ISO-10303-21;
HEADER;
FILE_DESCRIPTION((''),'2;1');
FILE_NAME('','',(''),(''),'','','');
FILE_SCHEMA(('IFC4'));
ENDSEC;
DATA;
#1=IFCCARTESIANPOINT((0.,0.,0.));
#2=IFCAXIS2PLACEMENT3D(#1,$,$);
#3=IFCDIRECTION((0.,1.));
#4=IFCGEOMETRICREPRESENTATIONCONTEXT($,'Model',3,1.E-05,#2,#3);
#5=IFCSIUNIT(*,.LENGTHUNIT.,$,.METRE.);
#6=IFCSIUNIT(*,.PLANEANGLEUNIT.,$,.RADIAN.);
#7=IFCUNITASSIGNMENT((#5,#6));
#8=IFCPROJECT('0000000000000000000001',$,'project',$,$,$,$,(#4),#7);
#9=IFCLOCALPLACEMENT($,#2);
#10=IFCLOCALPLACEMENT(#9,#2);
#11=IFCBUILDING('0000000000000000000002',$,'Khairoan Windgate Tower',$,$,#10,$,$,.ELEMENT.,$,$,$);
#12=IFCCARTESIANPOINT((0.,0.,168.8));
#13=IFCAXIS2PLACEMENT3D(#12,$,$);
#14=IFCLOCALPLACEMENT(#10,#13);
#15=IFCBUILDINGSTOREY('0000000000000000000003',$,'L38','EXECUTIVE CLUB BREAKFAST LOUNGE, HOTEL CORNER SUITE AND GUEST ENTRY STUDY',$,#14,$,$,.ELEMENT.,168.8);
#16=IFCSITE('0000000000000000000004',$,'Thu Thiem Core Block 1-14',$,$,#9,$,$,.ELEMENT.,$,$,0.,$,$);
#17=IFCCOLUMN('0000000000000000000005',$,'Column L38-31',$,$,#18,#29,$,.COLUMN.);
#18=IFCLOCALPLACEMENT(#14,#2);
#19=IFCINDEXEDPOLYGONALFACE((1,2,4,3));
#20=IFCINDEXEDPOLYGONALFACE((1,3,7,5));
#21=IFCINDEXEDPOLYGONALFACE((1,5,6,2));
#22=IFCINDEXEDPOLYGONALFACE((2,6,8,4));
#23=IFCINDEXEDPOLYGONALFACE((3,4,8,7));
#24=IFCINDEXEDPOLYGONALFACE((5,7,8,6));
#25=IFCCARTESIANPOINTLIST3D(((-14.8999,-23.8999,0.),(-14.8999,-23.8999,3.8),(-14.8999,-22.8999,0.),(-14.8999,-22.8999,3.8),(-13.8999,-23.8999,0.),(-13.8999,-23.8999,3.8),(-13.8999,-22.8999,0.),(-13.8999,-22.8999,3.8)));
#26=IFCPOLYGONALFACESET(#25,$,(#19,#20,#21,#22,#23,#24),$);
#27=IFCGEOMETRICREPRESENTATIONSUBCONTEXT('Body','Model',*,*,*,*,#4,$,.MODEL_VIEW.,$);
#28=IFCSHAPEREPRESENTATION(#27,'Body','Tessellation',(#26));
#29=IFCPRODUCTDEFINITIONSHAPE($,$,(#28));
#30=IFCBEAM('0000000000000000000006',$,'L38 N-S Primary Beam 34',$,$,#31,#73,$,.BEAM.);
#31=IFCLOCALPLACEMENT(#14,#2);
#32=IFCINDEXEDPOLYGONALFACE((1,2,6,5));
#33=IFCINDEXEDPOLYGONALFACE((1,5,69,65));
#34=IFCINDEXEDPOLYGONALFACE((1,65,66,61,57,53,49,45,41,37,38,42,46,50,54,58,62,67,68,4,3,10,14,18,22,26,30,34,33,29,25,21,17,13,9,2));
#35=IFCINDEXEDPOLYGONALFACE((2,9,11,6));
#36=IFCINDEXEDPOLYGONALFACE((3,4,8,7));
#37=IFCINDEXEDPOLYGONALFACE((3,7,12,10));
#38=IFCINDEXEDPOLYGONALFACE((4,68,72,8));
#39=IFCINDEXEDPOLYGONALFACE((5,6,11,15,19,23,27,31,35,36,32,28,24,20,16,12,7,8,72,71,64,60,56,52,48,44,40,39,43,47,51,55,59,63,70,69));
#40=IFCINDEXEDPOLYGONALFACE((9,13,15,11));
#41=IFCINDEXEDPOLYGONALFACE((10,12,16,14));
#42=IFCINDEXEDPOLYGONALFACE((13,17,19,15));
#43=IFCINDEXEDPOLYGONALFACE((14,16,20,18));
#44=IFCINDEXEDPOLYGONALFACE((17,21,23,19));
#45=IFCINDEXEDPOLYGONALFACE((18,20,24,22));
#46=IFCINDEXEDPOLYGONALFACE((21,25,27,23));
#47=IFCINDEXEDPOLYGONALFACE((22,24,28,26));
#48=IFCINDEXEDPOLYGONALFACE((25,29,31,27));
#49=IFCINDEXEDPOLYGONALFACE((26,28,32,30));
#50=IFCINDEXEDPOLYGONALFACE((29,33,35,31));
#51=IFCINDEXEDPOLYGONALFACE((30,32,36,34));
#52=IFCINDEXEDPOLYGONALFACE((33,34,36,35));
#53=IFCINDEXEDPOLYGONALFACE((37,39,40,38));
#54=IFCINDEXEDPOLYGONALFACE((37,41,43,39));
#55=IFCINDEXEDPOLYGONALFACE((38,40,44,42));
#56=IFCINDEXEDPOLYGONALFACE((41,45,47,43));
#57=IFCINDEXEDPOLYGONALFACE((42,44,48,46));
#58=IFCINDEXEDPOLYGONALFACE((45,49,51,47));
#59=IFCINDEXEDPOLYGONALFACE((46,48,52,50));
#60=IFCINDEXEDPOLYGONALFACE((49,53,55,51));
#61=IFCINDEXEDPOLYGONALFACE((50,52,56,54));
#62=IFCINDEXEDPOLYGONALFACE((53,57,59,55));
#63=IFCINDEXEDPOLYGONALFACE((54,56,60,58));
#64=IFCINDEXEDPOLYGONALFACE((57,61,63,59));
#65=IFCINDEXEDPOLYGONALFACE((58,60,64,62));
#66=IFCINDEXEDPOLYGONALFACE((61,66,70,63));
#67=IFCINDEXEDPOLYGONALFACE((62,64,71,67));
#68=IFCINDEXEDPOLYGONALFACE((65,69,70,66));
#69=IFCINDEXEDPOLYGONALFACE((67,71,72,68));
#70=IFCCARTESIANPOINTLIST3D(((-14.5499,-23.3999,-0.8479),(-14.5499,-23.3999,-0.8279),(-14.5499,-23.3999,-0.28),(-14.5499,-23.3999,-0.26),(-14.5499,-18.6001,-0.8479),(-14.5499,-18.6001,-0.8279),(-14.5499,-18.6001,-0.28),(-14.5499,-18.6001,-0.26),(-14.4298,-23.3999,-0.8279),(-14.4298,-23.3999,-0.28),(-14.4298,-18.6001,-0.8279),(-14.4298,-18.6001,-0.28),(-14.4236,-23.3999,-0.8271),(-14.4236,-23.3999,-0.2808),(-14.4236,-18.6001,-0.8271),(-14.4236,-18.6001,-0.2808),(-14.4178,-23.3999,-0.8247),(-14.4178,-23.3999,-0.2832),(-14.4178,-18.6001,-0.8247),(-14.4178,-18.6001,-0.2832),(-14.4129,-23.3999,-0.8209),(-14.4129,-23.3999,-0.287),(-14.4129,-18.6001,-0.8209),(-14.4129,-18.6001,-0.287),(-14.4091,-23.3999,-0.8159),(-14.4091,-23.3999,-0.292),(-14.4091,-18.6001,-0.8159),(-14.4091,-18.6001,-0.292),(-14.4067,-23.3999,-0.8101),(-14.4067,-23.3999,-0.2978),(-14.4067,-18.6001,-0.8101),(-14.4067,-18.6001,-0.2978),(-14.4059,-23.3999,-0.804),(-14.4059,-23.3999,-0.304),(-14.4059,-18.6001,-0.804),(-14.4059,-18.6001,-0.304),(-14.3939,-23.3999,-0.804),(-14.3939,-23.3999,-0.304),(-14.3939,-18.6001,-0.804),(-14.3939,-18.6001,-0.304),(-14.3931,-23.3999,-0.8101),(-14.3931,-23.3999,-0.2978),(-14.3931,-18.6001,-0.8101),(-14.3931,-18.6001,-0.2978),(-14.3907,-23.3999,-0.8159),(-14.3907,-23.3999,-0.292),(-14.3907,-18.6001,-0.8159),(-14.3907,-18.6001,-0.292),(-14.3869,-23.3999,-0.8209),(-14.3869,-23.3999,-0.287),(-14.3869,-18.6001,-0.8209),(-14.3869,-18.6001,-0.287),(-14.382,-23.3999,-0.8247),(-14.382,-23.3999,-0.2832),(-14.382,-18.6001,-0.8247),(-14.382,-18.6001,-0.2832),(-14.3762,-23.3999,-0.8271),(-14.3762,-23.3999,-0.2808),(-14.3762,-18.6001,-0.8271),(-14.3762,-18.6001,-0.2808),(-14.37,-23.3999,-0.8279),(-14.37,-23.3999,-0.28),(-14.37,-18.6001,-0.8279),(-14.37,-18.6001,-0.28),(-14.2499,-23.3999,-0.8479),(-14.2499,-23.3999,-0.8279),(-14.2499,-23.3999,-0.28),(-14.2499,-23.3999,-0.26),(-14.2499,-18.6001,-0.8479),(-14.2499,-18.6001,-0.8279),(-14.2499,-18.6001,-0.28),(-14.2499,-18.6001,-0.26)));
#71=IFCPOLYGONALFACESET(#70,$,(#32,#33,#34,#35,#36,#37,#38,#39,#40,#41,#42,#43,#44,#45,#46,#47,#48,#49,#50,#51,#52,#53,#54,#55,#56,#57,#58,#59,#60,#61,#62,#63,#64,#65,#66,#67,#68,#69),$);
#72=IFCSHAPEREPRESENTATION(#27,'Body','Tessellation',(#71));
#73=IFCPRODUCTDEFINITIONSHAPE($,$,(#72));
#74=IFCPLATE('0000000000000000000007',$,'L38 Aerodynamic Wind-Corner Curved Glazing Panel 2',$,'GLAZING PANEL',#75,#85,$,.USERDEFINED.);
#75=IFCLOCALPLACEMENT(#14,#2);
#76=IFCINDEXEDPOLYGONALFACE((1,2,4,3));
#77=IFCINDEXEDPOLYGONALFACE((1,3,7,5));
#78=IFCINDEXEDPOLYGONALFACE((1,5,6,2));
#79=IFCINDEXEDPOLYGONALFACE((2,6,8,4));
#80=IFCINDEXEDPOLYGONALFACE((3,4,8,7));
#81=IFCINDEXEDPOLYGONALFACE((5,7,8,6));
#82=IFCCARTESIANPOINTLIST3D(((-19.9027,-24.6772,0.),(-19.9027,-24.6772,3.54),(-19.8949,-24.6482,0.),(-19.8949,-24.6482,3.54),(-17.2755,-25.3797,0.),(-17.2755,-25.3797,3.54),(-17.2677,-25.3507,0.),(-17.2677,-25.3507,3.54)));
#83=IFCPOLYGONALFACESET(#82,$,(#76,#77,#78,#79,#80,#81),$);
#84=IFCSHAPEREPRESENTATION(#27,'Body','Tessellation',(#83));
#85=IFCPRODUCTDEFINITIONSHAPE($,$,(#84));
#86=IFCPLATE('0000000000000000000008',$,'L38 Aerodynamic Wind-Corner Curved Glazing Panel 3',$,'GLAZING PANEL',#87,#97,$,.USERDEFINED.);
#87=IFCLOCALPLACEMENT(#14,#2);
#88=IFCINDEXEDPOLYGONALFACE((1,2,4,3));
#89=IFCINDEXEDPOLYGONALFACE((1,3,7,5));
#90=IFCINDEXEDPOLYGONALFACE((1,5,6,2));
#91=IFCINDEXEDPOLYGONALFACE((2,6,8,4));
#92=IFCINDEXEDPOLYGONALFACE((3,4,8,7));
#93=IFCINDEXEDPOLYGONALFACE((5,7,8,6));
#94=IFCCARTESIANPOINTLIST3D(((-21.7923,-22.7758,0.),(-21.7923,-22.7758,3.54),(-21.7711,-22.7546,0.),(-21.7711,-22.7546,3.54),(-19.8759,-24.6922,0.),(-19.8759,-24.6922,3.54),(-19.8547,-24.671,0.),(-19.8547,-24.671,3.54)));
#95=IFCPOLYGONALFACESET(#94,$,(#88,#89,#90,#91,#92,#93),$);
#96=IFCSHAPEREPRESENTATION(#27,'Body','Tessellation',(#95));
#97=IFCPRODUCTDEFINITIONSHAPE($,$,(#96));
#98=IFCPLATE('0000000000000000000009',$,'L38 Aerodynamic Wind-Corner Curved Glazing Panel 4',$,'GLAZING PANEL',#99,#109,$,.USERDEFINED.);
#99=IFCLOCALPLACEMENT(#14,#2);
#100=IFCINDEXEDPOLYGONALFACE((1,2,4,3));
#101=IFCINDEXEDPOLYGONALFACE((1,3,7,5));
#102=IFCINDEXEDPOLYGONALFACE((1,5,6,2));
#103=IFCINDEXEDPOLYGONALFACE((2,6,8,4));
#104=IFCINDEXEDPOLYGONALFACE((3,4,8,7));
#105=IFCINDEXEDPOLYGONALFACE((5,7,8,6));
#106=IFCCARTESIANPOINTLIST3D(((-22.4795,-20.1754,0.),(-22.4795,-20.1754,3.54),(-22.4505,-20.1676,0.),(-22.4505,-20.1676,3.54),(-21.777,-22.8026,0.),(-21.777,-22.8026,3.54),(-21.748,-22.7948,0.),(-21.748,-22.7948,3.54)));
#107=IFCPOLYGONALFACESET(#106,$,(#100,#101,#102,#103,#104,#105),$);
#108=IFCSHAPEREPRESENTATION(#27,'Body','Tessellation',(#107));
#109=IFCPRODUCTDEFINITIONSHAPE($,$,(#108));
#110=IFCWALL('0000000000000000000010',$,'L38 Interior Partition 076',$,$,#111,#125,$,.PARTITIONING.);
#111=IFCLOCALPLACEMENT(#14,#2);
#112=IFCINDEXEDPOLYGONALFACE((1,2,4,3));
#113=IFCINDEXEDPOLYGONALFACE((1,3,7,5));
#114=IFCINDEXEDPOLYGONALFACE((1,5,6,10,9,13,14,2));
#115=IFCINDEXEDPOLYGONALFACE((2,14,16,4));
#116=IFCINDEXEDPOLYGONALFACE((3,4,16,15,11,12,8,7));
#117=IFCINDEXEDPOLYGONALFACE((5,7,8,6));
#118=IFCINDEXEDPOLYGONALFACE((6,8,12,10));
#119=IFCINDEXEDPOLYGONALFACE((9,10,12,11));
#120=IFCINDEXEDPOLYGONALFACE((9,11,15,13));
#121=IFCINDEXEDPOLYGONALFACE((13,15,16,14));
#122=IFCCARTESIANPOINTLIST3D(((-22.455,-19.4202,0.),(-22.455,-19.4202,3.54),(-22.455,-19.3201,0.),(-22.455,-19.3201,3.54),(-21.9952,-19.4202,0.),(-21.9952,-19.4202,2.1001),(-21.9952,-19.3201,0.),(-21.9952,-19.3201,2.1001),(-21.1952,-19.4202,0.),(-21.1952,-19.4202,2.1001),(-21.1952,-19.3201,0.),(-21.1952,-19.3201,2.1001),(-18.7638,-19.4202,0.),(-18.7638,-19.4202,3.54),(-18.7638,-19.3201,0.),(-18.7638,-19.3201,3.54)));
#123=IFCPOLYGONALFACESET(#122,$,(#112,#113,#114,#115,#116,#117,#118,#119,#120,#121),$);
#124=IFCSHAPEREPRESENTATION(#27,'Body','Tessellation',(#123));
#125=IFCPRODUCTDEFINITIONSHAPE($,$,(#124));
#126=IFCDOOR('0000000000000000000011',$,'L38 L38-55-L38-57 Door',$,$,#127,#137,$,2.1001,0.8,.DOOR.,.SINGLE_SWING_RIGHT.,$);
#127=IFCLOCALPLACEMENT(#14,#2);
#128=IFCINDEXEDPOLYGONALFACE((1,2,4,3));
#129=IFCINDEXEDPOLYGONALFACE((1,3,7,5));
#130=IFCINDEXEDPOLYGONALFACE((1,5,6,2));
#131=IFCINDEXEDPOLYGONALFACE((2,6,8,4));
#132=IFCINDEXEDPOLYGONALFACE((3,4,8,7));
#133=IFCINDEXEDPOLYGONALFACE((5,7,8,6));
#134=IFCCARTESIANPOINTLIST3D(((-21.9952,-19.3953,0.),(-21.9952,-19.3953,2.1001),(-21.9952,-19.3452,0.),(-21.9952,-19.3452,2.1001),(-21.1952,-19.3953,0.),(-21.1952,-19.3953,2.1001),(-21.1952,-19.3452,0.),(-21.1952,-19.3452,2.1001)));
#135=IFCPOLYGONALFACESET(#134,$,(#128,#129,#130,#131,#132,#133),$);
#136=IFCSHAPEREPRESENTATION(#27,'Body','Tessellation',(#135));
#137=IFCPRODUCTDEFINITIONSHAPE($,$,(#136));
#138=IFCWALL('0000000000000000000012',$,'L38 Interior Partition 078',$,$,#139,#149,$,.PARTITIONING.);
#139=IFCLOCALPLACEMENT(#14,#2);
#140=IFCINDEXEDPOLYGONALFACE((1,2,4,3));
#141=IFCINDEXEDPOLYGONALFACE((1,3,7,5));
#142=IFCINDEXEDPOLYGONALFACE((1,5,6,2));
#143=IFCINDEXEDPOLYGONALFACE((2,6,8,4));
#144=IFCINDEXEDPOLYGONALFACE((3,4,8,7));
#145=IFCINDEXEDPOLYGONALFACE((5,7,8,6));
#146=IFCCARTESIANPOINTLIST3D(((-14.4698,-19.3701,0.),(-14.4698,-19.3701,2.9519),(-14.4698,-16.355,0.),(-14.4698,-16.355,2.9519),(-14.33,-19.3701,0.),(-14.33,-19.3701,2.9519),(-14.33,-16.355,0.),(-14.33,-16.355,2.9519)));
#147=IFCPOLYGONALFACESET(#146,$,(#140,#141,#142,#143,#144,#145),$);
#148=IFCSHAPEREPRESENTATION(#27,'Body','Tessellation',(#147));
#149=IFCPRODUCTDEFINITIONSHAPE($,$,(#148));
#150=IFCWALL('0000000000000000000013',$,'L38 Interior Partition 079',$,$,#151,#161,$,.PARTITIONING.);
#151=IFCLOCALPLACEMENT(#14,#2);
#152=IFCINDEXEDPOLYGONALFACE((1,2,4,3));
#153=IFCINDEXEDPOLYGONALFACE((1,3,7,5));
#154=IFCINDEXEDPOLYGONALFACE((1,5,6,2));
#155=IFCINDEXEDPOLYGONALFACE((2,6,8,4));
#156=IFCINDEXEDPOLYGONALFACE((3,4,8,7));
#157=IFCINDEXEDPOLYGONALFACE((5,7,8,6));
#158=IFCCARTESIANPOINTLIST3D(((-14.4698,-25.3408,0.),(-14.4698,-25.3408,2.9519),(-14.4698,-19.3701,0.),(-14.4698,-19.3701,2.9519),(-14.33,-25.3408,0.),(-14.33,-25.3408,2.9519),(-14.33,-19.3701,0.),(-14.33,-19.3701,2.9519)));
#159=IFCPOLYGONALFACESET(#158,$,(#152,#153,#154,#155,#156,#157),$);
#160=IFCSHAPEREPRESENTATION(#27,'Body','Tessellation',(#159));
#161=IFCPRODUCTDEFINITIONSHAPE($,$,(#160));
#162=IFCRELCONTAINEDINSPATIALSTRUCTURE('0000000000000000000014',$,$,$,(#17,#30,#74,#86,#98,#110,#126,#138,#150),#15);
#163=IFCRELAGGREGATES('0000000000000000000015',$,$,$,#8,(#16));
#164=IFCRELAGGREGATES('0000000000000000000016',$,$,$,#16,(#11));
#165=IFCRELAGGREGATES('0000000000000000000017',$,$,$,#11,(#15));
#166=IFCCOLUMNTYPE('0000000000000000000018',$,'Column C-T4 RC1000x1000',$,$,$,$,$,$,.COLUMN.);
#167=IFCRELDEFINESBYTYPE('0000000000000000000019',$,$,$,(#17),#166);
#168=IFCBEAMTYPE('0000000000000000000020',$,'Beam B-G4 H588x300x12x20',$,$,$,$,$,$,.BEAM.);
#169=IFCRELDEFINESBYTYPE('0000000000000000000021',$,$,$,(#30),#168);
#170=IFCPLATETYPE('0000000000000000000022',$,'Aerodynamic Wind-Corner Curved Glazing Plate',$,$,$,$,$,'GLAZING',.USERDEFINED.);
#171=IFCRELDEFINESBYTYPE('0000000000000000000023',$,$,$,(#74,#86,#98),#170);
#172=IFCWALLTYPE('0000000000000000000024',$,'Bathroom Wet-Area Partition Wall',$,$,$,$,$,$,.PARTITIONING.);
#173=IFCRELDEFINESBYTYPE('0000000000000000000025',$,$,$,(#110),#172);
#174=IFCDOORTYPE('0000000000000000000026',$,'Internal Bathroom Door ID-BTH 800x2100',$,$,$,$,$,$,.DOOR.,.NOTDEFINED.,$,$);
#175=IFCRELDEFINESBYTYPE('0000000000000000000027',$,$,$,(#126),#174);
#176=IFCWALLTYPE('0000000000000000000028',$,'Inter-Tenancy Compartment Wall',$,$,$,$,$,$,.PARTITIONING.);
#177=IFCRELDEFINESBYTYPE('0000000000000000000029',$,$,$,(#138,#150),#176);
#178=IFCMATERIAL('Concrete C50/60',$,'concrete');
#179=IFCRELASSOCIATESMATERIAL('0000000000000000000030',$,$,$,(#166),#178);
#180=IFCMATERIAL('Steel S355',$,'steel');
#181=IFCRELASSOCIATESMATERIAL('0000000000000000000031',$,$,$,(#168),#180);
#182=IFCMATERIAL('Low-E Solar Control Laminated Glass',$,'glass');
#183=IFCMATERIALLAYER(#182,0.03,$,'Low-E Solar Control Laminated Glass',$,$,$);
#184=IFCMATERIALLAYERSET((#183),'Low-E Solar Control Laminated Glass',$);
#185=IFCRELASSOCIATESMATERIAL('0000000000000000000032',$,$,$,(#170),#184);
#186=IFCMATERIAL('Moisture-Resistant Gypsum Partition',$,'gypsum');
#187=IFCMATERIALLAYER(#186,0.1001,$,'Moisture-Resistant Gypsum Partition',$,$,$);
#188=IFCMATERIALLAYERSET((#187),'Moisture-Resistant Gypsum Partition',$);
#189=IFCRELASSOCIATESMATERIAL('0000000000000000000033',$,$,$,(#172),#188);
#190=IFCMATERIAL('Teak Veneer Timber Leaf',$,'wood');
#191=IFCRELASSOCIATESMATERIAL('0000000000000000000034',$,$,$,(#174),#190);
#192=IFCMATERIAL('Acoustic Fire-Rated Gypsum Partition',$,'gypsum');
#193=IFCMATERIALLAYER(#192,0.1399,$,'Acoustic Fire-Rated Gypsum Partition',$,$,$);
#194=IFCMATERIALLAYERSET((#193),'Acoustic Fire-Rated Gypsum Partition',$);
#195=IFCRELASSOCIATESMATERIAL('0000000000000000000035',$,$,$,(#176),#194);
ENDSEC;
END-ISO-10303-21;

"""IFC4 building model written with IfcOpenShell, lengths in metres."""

from ifc_helpers import new_model, si_unit, direction, frame, frame_2d, origin, origin_2d, place, context, subcontext, project, spatial, rectangle, i_section, extrude, material, layer, layer_set, material_profile, profile_set, type_object, element, fill, save


model = new_model("IFC4")

# Units and contexts
model_context = context("Model", 3, precision=1e-05, world=origin(), true_north=direction((0.0, 1.0)))
body_context = subcontext(model_context, "Body", "Model", "MODEL_VIEW")
ifc_project = project(units=[si_unit("LENGTHUNIT", "METRE"), si_unit("PLANEANGLEUNIT", "RADIAN")], contexts=[model_context])

# Site, building, storey
site_placement = place(None, origin())
site = spatial("IfcSite", under=ifc_project, at=site_placement, Name="Thu Thiem Core Block 1-14", CompositionType="ELEMENT", RefElevation=0.0)
building_placement = place(site_placement, origin())
building = spatial("IfcBuilding", under=site, at=building_placement, Name="Khairoan Windgate Tower", CompositionType="ELEMENT")
storey_placement = place(building_placement, frame((0.0, 0.0, 168.8)))
storey = spatial("IfcBuildingStorey", under=building, at=storey_placement, Name="L38", Description="EXECUTIVE CLUB BREAKFAST LOUNGE, HOTEL CORNER SUITE AND GUEST ENTRY STUDY", CompositionType="ELEMENT", Elevation=168.8)

# Column
ifc_material_1 = material(Name="Concrete C50/60", Category="concrete")
ifc_material_profile_1 = material_profile(ifc_material_1, rectangle(XDim=1.0, YDim=1.0, at=origin_2d()))
ifc_profile_set_1 = profile_set([ifc_material_profile_1], Name="Concrete C50/60")
column_type = type_object("IfcColumnType", Name="Column C-T4 RC1000x1000", PredefinedType="COLUMN", material=ifc_profile_set_1)
column_placement = place(storey_placement, frame((-14.3999, -23.3999, 0.0), z_axis=(0.0, 0.0, 1.0), x_axis=(1.0, 0.0, 0.0)))
element("IfcColumn", 1, at=column_placement, inside=storey, type_object=column_type, Name="Column L38-31", PredefinedType="COLUMN", context=body_context, shape_type="SweptSolid", body=[
    extrude(rectangle(XDim=1.0, YDim=1.0, at=origin_2d()), origin(), (0.0, 0.0, 1.0), 3.8),
])

# Beam
ifc_material_2 = material(Name="Steel S355", Category="steel")
ifc_material_profile_2 = material_profile(ifc_material_2, i_section(OverallWidth=0.3, OverallDepth=0.5879, WebThickness=0.012, FlangeThickness=0.02, FilletRadius=0.0239, at=origin_2d()))
ifc_profile_set_2 = profile_set([ifc_material_profile_2], Name="Steel S355")
beam_type = type_object("IfcBeamType", Name="Beam B-G4 H588x300x12x20", PredefinedType="BEAM", material=ifc_profile_set_2)
beam_placement = place(storey_placement, frame((-14.3999, -23.3999, -0.554), z_axis=(0.0, 1.0, 0.0), x_axis=(-1.0, 0.0, 0.0)))
element("IfcBeam", 2, at=beam_placement, inside=storey, type_object=beam_type, Name="L38 N-S Primary Beam 34", PredefinedType="BEAM", context=body_context, shape_type="SweptSolid", body=[
    extrude(i_section(OverallWidth=0.3, OverallDepth=0.5879, WebThickness=0.012, FlangeThickness=0.02, FilletRadius=0.0239, at=origin_2d()), origin(), (0.0, 0.0, 1.0), 4.7998),
])

# Plates
ifc_material_3 = material(Name="Low-E Solar Control Laminated Glass", Category="glass")
ifc_layer_1 = layer(ifc_material_3, 0.03, Name="Low-E Solar Control Laminated Glass")
ifc_layer_set_1 = layer_set([ifc_layer_1], Name="Low-E Solar Control Laminated Glass")
plate_type_1 = type_object("IfcPlateType", Name="Aerodynamic Wind-Corner Curved Glazing Plate", ElementType="GLAZING", PredefinedType="USERDEFINED", material=ifc_layer_set_1)
plate_1_placement = place(storey_placement, frame((-18.5852, -25.0139, 0.0), z_axis=(0.0, 0.0, 1.0), x_axis=(-0.966061, 0.258313, 0.0)))
element("IfcPlate", 3, at=plate_1_placement, inside=storey, type_object=plate_type_1, Name="L38 Aerodynamic Wind-Corner Curved Glazing Panel 2", ObjectType="GLAZING PANEL", PredefinedType="USERDEFINED", context=body_context, shape_type="SweptSolid", body=[
    extrude(rectangle(XDim=2.7195, YDim=0.03, at=origin_2d()), origin(), (0.0, 0.0, 1.0), 3.54),
])
plate_2_placement = place(storey_placement, frame((-20.8235, -23.7234, 0.0), z_axis=(0.0, 0.0, 1.0), x_axis=(-0.707107, 0.707107, 0.0)))
element("IfcPlate", 4, at=plate_2_placement, inside=storey, type_object=plate_type_1, Name="L38 Aerodynamic Wind-Corner Curved Glazing Panel 3", ObjectType="GLAZING PANEL", PredefinedType="USERDEFINED", context=body_context, shape_type="SweptSolid", body=[
    extrude(rectangle(XDim=2.7102, YDim=0.03, at=origin_2d()), origin(), (0.0, 0.0, 1.0), 3.54),
])
plate_3_placement = place(storey_placement, frame((-22.1138, -21.4851, 0.0), z_axis=(0.0, 0.0, 1.0), x_axis=(-0.258313, 0.966061, 0.0)))
element("IfcPlate", 5, at=plate_3_placement, inside=storey, type_object=plate_type_1, Name="L38 Aerodynamic Wind-Corner Curved Glazing Panel 4", ObjectType="GLAZING PANEL", PredefinedType="USERDEFINED", context=body_context, shape_type="SweptSolid", body=[
    extrude(rectangle(XDim=2.7195, YDim=0.03, at=origin_2d()), origin(), (0.0, 0.0, 1.0), 3.54),
])

# Wall, opening, door
ifc_material_4 = material(Name="Moisture-Resistant Gypsum Partition", Category="gypsum")
ifc_layer_2 = layer(ifc_material_4, 0.1001, Name="Moisture-Resistant Gypsum Partition")
ifc_layer_set_2 = layer_set([ifc_layer_2], Name="Moisture-Resistant Gypsum Partition")
wall_type_1 = type_object("IfcWallType", Name="Bathroom Wet-Area Partition Wall", PredefinedType="PARTITIONING", material=ifc_layer_set_2)
wall_1_placement = place(storey_placement, frame((-22.4551, -19.3701, 0.0), z_axis=(0.0, 0.0, 1.0), x_axis=(1.0, 0.0, 0.0)))
wall_1 = element("IfcWall", 6, at=wall_1_placement, inside=storey, type_object=wall_type_1, Name="L38 Interior Partition 076", PredefinedType="PARTITIONING", context=body_context, shape_type="SweptSolid", body=[
    extrude(rectangle(XDim=3.6912, YDim=0.1001, at=frame_2d((1.8457, 0.0))), origin(), (0.0, 0.0, 1.0), 3.54),
])
opening_1_placement = place(wall_1_placement, frame((0.46, 0.0, 0.0)))
opening_1 = element("IfcOpeningElement", 7, at=opening_1_placement, cuts=wall_1, PredefinedType="OPENING", context=body_context, shape_type="SweptSolid", body=[
    extrude(rectangle(XDim=0.8, YDim=2.1001, at=frame_2d((0.3999, 1.05))), frame((0.0, 0.0601, 0.0), z_axis=(0.0, -1.0, 0.0), x_axis=(1.0, 0.0, 0.0)), (0.0, 0.0, 1.0), 0.1201),
])
ifc_material_5 = material(Name="Teak Veneer Timber Leaf", Category="wood")
door_type_1 = type_object("IfcDoorType", Name="Internal Bathroom Door ID-BTH 800x2100", OperationType="NOTDEFINED", PredefinedType="DOOR", material=ifc_material_5)
door_1_placement = place(opening_1_placement, origin())
door_1 = element("IfcDoor", 8, at=door_1_placement, inside=storey, type_object=door_type_1, Name="L38 L38-55-L38-57 Door", OperationType="SINGLE_SWING_RIGHT", OverallHeight=2.1001, OverallWidth=0.8, PredefinedType="DOOR", context=body_context, shape_type="SweptSolid", body=[
    extrude(rectangle(XDim=0.8, YDim=2.1001, at=frame_2d((0.3999, 1.05))), frame((0.0, 0.0249, 0.0), z_axis=(0.0, -1.0, 0.0), x_axis=(1.0, 0.0, 0.0)), (0.0, 0.0, 1.0), 0.05),
])
fill(opening_1, door_1)

# Walls
ifc_material_6 = material(Name="Acoustic Fire-Rated Gypsum Partition", Category="gypsum")
ifc_layer_3 = layer(ifc_material_6, 0.1399, Name="Acoustic Fire-Rated Gypsum Partition")
ifc_layer_set_3 = layer_set([ifc_layer_3], Name="Acoustic Fire-Rated Gypsum Partition")
wall_type_2 = type_object("IfcWallType", Name="Inter-Tenancy Compartment Wall", PredefinedType="PARTITIONING", material=ifc_layer_set_3)
wall_2_placement = place(storey_placement, frame((-14.3999, -19.3701, 0.0), z_axis=(0.0, 0.0, 1.0), x_axis=(0.0, 1.0, 0.0)))
element("IfcWall", 9, at=wall_2_placement, inside=storey, type_object=wall_type_2, Name="L38 Interior Partition 078", PredefinedType="PARTITIONING", context=body_context, shape_type="SweptSolid", body=[
    extrude(rectangle(XDim=3.0151, YDim=0.1399, at=frame_2d((1.5076, 0.0))), origin(), (0.0, 0.0, 1.0), 2.9519),
])
wall_3_placement = place(storey_placement, frame((-14.3999, -25.3408, 0.0), z_axis=(0.0, 0.0, 1.0), x_axis=(0.0, 1.0, 0.0)))
element("IfcWall", 10, at=wall_3_placement, inside=storey, type_object=wall_type_2, Name="L38 Interior Partition 079", PredefinedType="PARTITIONING", context=body_context, shape_type="SweptSolid", body=[
    extrude(rectangle(XDim=5.9707, YDim=0.1399, at=frame_2d((2.9854, 0.0))), origin(), (0.0, 0.0, 1.0), 2.9519),
])

save(model, "model.ifc")
